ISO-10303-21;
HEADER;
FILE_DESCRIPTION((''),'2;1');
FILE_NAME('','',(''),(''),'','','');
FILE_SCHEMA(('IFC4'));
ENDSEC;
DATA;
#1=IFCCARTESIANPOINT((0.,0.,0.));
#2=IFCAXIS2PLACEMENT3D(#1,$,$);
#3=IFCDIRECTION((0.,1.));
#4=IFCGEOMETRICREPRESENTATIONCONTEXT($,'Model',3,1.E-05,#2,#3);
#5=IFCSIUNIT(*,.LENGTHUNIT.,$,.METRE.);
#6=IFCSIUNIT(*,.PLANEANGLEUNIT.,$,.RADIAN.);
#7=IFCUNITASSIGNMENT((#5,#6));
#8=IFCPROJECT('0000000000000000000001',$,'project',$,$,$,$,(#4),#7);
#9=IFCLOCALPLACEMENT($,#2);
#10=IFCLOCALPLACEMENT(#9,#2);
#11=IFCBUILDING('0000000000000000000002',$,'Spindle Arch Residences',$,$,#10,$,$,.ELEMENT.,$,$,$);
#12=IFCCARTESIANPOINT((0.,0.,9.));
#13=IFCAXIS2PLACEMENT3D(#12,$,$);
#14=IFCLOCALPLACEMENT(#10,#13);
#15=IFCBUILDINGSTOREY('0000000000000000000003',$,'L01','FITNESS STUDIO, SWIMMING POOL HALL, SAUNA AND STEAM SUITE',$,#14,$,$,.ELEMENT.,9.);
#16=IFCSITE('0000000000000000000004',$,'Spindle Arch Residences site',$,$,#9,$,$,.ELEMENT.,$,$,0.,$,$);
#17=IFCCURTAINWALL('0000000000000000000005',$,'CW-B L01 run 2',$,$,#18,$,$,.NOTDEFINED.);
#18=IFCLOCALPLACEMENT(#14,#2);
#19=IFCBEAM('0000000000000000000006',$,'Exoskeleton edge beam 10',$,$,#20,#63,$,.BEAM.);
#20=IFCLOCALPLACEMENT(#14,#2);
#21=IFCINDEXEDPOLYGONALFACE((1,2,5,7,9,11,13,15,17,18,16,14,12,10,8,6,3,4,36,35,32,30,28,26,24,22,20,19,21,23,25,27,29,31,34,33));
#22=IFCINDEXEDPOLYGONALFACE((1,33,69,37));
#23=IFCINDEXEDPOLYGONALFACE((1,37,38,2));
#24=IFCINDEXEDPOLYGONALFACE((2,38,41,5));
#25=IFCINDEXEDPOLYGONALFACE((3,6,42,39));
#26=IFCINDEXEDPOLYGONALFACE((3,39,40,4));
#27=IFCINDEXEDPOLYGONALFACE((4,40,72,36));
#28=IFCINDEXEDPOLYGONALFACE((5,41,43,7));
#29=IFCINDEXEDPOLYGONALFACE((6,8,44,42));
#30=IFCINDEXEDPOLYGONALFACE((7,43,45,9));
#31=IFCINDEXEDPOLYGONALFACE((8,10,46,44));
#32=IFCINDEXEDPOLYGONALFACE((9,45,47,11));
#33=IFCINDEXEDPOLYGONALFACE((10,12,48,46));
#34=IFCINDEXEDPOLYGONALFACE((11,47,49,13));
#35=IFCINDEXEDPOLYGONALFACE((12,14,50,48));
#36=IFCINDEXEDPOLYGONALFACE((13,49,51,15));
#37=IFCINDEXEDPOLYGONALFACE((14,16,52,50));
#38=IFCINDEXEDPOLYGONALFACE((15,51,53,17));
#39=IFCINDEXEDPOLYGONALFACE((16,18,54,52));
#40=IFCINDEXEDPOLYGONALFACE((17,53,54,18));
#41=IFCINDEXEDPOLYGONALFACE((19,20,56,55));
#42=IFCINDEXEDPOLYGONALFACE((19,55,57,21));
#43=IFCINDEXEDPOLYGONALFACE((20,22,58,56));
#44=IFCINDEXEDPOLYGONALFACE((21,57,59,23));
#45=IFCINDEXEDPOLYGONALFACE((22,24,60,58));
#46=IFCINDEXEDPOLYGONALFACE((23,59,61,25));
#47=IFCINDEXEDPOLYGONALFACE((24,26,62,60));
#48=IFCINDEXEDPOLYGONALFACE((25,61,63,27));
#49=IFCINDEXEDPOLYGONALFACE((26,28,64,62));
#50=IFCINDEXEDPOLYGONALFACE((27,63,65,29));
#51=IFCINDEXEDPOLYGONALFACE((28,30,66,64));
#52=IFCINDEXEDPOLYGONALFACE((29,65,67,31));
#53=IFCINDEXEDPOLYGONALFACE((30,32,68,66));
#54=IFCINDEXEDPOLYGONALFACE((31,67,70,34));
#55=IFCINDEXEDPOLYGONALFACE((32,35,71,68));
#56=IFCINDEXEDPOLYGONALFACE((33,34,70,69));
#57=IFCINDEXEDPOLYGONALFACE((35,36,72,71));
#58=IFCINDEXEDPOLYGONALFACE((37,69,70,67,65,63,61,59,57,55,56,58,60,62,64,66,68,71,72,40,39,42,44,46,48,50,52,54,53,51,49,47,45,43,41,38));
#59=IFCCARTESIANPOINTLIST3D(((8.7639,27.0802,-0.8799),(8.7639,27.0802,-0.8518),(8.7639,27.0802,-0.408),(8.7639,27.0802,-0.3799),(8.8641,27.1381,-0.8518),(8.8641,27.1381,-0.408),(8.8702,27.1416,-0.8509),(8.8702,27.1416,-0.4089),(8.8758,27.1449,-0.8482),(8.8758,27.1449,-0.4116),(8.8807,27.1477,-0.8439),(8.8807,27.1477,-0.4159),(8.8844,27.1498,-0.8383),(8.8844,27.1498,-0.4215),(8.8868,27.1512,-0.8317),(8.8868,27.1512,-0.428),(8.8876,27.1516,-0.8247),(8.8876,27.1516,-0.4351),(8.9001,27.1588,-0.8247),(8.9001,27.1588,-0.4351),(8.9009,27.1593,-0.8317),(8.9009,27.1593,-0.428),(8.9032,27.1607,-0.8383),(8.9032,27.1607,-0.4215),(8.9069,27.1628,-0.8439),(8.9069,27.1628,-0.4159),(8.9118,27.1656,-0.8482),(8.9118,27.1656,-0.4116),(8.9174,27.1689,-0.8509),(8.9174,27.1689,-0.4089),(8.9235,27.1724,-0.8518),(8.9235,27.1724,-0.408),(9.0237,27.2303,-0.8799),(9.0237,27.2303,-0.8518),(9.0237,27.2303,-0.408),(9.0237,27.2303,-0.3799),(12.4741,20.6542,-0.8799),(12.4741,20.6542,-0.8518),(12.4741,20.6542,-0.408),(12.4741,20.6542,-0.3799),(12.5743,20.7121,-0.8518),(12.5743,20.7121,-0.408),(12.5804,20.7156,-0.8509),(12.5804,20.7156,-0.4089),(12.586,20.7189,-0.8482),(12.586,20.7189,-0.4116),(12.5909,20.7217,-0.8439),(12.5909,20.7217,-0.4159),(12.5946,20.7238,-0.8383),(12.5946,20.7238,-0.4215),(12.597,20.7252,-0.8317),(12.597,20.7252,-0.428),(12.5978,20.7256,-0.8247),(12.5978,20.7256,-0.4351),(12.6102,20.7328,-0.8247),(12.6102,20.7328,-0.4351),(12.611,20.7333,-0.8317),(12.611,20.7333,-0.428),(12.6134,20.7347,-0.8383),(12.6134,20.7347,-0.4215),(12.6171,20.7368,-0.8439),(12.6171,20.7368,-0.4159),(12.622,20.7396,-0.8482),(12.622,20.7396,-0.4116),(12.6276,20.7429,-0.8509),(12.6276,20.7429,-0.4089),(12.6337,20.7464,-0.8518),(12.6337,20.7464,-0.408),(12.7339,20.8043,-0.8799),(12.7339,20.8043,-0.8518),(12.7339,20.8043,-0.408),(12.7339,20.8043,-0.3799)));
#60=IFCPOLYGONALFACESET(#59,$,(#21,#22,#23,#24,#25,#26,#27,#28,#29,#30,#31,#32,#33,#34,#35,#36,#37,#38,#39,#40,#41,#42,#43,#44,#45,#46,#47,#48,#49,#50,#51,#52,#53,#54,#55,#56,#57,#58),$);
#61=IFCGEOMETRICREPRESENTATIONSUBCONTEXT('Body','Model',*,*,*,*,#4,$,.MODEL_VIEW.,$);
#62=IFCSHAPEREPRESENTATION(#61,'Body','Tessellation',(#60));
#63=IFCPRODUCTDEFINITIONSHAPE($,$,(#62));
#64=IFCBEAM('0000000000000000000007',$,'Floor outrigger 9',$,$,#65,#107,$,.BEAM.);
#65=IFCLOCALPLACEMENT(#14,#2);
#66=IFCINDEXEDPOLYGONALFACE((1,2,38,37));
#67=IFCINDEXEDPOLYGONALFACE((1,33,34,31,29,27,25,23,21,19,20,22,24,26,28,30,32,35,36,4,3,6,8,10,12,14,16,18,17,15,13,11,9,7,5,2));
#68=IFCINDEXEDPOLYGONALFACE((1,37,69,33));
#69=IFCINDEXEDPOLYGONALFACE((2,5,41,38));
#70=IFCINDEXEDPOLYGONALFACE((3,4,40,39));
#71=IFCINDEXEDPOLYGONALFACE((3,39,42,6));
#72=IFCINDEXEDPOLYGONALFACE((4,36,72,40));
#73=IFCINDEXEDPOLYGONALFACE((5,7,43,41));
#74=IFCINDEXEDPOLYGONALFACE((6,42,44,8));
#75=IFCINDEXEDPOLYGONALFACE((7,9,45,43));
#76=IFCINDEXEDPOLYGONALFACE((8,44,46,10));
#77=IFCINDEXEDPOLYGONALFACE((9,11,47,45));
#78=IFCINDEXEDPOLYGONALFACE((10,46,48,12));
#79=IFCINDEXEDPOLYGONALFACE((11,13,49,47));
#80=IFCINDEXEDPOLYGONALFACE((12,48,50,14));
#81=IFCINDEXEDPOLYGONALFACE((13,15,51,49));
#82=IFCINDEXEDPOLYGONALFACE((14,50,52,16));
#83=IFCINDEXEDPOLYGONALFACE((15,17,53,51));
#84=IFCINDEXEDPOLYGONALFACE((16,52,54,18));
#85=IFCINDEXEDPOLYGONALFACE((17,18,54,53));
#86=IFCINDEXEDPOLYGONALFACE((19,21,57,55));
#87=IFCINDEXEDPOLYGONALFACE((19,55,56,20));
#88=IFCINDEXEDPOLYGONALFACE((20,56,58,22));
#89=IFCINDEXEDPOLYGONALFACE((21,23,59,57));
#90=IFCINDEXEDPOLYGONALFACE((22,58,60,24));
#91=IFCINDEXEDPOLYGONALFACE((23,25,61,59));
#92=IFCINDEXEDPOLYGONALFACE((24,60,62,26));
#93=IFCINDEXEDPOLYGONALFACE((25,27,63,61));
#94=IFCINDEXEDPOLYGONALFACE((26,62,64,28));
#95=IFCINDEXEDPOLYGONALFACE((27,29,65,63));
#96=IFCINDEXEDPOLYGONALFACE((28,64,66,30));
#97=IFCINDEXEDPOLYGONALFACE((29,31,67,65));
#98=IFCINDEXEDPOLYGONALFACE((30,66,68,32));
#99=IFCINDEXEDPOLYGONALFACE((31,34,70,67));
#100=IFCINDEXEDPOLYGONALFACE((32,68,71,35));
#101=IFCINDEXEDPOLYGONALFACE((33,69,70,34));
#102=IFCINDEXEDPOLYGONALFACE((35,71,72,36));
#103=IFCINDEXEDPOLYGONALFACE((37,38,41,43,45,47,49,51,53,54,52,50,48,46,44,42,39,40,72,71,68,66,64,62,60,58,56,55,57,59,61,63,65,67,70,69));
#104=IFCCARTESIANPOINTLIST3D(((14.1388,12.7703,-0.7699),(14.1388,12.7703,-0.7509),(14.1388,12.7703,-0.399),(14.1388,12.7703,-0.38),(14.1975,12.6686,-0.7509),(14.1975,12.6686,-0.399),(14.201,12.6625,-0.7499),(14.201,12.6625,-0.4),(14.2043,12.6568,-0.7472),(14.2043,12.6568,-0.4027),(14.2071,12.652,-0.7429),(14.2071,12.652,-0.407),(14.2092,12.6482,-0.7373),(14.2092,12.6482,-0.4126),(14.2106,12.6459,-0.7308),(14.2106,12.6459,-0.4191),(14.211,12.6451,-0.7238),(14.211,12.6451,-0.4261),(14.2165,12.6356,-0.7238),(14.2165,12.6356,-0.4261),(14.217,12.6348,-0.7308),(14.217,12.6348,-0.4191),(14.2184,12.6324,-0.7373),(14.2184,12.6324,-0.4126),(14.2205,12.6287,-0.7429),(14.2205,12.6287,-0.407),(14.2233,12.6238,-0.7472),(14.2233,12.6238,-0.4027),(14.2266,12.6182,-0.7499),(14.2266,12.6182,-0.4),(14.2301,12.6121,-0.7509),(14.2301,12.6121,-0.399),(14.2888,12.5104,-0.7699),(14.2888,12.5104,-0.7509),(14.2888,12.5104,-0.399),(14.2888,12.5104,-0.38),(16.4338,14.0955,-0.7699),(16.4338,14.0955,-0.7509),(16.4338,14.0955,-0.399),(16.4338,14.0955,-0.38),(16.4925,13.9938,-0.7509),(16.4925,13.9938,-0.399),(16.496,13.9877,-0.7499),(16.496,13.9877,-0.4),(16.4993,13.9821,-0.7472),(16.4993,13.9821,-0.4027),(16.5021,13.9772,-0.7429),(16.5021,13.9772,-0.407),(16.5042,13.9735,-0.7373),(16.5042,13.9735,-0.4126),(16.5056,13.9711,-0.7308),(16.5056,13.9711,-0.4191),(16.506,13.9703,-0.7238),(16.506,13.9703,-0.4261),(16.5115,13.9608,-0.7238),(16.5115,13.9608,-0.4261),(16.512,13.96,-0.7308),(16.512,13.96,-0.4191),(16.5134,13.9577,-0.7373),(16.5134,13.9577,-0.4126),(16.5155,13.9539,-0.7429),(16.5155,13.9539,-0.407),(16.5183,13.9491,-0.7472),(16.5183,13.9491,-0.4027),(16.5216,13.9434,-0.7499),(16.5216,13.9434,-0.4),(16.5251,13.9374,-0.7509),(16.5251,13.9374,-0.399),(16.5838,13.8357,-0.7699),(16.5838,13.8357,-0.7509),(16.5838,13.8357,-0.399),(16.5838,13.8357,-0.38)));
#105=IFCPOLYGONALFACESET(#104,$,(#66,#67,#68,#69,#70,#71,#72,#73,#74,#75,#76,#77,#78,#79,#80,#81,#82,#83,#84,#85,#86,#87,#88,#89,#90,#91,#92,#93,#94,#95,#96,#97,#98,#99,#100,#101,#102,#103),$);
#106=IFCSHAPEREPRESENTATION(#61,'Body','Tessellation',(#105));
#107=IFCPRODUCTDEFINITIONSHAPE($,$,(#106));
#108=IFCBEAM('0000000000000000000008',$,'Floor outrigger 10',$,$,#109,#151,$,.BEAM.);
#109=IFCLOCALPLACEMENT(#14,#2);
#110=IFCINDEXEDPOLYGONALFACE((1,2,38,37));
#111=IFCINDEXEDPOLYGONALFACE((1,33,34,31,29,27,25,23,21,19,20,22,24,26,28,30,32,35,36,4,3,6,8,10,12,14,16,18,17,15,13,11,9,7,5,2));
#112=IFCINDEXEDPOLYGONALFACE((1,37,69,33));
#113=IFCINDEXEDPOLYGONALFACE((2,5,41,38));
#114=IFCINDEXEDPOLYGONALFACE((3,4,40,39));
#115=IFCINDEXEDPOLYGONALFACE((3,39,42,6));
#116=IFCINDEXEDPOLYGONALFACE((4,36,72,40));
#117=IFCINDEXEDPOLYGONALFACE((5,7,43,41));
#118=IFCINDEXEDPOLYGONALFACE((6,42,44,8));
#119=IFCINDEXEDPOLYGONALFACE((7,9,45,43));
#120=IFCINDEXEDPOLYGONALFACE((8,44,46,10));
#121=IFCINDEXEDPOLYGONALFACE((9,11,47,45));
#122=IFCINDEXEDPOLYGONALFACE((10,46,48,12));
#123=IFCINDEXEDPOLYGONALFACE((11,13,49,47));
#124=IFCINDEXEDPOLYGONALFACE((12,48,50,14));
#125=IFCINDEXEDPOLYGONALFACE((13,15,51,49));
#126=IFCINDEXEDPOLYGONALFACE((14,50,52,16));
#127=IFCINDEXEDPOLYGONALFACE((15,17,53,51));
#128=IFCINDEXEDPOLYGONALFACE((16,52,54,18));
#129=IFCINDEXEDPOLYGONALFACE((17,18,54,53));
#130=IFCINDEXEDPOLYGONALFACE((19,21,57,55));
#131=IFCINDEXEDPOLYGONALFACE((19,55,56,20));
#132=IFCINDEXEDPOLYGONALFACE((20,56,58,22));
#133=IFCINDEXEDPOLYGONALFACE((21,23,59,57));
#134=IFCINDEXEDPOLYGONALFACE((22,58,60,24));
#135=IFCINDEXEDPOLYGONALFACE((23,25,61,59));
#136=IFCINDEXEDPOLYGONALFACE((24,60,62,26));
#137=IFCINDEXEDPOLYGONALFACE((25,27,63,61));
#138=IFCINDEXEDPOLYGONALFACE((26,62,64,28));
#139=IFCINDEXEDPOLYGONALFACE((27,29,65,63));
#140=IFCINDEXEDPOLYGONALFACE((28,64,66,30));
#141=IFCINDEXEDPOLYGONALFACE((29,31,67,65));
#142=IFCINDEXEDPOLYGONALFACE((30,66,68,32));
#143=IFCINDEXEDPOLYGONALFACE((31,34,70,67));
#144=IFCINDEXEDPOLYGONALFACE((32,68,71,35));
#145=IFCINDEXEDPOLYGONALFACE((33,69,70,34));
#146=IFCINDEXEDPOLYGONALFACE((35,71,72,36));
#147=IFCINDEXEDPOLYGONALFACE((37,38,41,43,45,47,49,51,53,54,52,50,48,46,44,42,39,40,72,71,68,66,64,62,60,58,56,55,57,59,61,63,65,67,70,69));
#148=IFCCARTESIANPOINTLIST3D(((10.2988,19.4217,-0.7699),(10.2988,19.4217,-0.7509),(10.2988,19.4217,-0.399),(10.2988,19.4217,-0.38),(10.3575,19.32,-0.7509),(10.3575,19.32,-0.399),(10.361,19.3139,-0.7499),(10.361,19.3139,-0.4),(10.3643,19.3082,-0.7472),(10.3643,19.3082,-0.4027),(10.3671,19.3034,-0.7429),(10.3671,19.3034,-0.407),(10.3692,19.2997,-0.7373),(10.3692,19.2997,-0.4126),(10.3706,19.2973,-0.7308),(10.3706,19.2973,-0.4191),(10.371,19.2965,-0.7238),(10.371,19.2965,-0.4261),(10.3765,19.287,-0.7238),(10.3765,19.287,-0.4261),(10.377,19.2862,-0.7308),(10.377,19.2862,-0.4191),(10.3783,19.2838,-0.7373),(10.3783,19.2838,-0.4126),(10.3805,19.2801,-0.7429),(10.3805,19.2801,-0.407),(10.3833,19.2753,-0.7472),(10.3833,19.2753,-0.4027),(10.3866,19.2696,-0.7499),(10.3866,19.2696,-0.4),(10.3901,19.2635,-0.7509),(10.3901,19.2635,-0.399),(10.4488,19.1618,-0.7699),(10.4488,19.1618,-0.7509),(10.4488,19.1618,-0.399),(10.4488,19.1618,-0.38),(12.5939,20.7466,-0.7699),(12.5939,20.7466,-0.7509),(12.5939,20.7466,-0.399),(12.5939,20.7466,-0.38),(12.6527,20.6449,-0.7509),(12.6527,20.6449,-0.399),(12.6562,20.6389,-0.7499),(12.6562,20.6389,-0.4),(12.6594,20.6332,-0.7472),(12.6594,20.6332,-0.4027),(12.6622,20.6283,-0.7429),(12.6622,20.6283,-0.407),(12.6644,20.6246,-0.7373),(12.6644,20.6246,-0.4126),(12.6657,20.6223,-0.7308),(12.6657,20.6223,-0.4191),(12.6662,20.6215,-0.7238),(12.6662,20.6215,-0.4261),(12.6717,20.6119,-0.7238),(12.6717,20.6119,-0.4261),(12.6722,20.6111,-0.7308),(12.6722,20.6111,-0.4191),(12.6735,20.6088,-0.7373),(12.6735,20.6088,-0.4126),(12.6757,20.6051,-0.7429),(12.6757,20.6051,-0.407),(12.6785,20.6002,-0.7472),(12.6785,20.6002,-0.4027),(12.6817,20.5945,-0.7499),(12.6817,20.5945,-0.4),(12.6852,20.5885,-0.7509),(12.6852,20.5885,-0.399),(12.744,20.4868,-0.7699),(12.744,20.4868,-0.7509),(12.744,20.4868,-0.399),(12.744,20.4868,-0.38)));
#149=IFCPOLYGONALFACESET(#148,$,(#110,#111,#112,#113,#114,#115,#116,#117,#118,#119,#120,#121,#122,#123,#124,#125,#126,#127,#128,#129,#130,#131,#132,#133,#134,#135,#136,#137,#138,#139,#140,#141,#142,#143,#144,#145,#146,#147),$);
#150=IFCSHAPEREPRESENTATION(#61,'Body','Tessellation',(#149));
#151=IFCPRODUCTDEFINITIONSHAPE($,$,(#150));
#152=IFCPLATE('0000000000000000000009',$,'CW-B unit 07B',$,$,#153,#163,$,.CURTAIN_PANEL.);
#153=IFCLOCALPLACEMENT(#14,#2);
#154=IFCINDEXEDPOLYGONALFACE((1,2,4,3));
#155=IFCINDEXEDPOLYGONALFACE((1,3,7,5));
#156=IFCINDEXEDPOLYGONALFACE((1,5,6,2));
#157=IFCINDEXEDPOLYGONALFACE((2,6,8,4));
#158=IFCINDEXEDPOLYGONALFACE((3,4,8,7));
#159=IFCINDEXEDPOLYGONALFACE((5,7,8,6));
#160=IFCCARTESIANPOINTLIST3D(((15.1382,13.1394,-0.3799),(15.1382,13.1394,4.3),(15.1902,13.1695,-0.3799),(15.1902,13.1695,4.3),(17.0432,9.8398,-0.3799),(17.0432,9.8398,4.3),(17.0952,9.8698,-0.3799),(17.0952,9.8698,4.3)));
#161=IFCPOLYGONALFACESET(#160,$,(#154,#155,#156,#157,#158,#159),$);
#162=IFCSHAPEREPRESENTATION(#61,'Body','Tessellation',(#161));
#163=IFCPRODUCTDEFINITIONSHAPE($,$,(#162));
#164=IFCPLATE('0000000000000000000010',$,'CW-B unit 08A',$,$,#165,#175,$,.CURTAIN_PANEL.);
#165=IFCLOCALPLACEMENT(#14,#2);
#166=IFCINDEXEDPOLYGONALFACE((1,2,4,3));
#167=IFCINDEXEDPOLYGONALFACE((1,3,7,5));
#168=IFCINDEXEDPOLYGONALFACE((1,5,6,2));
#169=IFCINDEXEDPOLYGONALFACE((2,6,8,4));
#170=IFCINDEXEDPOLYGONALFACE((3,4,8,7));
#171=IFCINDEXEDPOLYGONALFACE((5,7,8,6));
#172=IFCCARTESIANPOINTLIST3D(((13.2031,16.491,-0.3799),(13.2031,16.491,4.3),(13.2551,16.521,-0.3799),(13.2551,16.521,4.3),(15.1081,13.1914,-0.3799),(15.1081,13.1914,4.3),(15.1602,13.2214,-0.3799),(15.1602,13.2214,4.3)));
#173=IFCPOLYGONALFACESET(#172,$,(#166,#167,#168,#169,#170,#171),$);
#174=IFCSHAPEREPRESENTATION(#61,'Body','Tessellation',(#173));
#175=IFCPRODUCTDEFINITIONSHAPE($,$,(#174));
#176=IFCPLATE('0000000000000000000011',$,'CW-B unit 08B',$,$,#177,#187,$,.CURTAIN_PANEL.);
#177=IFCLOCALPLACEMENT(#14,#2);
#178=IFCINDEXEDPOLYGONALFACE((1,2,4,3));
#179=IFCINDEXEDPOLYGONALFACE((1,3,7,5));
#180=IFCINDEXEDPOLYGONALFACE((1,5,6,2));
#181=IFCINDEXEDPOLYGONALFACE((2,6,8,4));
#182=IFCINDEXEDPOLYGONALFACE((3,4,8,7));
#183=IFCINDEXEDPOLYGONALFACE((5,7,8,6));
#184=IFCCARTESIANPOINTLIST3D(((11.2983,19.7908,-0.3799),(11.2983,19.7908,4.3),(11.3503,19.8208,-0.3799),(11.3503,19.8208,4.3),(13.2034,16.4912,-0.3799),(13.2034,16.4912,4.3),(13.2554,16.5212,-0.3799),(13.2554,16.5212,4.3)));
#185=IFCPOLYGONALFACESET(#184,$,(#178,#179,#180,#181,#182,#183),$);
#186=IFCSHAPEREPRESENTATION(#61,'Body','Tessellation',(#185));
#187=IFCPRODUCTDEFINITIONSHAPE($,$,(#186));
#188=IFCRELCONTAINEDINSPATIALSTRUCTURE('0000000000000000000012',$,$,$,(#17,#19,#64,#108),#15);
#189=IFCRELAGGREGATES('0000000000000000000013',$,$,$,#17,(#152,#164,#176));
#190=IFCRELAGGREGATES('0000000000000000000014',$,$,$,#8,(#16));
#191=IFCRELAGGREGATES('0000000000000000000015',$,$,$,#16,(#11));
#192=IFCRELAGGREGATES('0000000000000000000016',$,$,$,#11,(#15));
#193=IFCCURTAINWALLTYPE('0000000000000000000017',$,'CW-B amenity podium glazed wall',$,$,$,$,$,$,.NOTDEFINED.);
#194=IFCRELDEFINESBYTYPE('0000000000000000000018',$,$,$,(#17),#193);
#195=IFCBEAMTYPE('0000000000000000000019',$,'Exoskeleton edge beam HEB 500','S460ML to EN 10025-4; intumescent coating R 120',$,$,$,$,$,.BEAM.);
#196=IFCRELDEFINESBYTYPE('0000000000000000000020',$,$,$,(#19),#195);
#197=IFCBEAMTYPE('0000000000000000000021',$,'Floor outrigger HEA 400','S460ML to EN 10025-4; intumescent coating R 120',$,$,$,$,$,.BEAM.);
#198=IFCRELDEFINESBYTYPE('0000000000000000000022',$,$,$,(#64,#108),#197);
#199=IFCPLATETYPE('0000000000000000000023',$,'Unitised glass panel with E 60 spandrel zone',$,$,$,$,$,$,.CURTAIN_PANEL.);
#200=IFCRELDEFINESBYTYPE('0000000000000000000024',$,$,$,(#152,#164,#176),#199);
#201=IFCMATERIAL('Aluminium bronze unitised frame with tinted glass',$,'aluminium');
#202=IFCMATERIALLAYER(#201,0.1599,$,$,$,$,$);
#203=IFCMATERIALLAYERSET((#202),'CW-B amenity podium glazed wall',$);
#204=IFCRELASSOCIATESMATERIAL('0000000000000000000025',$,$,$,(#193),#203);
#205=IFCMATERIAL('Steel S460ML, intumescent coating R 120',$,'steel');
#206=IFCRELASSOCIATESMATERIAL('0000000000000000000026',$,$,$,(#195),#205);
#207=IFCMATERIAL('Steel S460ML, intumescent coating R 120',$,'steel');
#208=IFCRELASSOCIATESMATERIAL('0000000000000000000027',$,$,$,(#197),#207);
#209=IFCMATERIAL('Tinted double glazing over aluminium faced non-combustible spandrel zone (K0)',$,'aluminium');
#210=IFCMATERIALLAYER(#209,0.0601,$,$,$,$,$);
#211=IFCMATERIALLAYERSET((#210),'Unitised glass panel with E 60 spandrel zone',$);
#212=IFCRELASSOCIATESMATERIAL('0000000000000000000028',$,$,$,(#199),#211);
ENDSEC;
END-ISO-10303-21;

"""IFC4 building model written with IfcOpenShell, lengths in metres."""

from ifc_helpers import new_model, si_unit, direction, frame, origin, origin_2d, place, context, subcontext, project, spatial, rectangle, i_section, extrude, material, layer, layer_set, material_profile, profile_set, type_object, element, aggregate, save


model = new_model("IFC4")

# Units and contexts
model_context = context("Model", 3, precision=1e-05, world=origin(), true_north=direction((0.0, 1.0)))
body_context = subcontext(model_context, "Body", "Model", "MODEL_VIEW")
ifc_project = project(units=[si_unit("LENGTHUNIT", "METRE"), si_unit("PLANEANGLEUNIT", "RADIAN")], contexts=[model_context])

# Site, building, storey
site_placement = place(None, origin())
site = spatial("IfcSite", under=ifc_project, at=site_placement, Name="Spindle Arch Residences site", CompositionType="ELEMENT", RefElevation=0.0)
building_placement = place(site_placement, origin())
building = spatial("IfcBuilding", under=site, at=building_placement, Name="Spindle Arch Residences", CompositionType="ELEMENT")
storey_placement = place(building_placement, frame((0.0, 0.0, 9.0)))
storey = spatial("IfcBuildingStorey", under=building, at=storey_placement, Name="L01", Description="FITNESS STUDIO, SWIMMING POOL HALL, SAUNA AND STEAM SUITE", CompositionType="ELEMENT", Elevation=9.0)

# Curtain wall
ifc_material_1 = material(Name="Aluminium bronze unitised frame with tinted glass", Category="aluminium")
ifc_layer_1 = layer(ifc_material_1, 0.1599)
ifc_layer_set_1 = layer_set([ifc_layer_1], Name="CW-B amenity podium glazed wall")
curtain_wall_type = type_object("IfcCurtainWallType", Name="CW-B amenity podium glazed wall", PredefinedType="NOTDEFINED", material=ifc_layer_set_1)
curtain_wall_placement = place(storey_placement, origin())
curtain_wall = element("IfcCurtainWall", 1, at=curtain_wall_placement, inside=storey, type_object=curtain_wall_type, Name="CW-B L01 run 2", PredefinedType="NOTDEFINED")

# Beams
ifc_material_2 = material(Name="Steel S460ML, intumescent coating R 120", Category="steel")
ifc_material_profile_1 = material_profile(ifc_material_2, i_section(OverallWidth=0.3, OverallDepth=0.5, WebThickness=0.0144, FlangeThickness=0.0281, FilletRadius=0.0271, at=origin_2d()), Name="HEB 500")
ifc_profile_set_1 = profile_set([ifc_material_profile_1], Name="Steel S460ML, intumescent coating R 120")
beam_type_1 = type_object("IfcBeamType", Name="Exoskeleton edge beam HEB 500", Description="S460ML to EN 10025-4; intumescent coating R 120", PredefinedType="BEAM", material=ifc_profile_set_1)
for number, where, z_axis, x_axis, name in (
    (2, (12.604, 20.7292, -0.6299), (-0.500014, 0.866017, 0.0), (-0.866017, -0.500014, 0.0), "Exoskeleton edge beam 10"),
):
    element("IfcBeam", number, at=place(storey_placement, frame(where, z_axis=z_axis, x_axis=x_axis)), inside=storey, type_object=beam_type_1, Name=name, PredefinedType="BEAM", context=body_context, shape_type="SweptSolid", body=[
        extrude(i_section(OverallWidth=0.3, OverallDepth=0.5, WebThickness=0.0144, FlangeThickness=0.0281, FilletRadius=0.0271, at=origin_2d()), origin(), (0.0, 0.0, 1.0), 7.4202),
    ])
ifc_material_3 = material(Name="Steel S460ML, intumescent coating R 120", Category="steel")
ifc_material_profile_2 = material_profile(ifc_material_3, i_section(OverallWidth=0.3, OverallDepth=0.3899, WebThickness=0.011, FlangeThickness=0.019, FilletRadius=0.0271, at=origin_2d()), Name="HEA 400")
ifc_profile_set_2 = profile_set([ifc_material_profile_2], Name="Steel S460ML, intumescent coating R 120")
beam_type_2 = type_object("IfcBeamType", Name="Floor outrigger HEA 400", Description="S460ML to EN 10025-4; intumescent coating R 120", PredefinedType="BEAM", material=ifc_profile_set_2)
for number, where, z_axis, x_axis, name in (
    (3, (16.5088, 13.9656, -0.575), (-0.865989, -0.500063, 0.0), (0.500063, -0.865989, 0.0), "Floor outrigger 9"),
    (4, (12.6689, 20.6167, -0.575), (-0.866052, -0.499954, 0.0), (0.499954, -0.866052, 0.0), "Floor outrigger 10"),
):
    element("IfcBeam", number, at=place(storey_placement, frame(where, z_axis=z_axis, x_axis=x_axis)), inside=storey, type_object=beam_type_2, Name=name, PredefinedType="BEAM", context=body_context, shape_type="SweptSolid", body=[
        extrude(i_section(OverallWidth=0.3, OverallDepth=0.3899, WebThickness=0.011, FlangeThickness=0.019, FilletRadius=0.0271, at=origin_2d()), origin(), (0.0, 0.0, 1.0), 2.6501),
    ])

# Plates
ifc_material_4 = material(Name="Tinted double glazing over aluminium faced non-combustible spandrel zone (K0)", Category="aluminium")
ifc_layer_2 = layer(ifc_material_4, 0.0601)
ifc_layer_set_2 = layer_set([ifc_layer_2], Name="Unitised glass panel with E 60 spandrel zone")
plate_type = type_object("IfcPlateType", Name="Unitised glass panel with E 60 spandrel zone", PredefinedType="CURTAIN_PANEL", material=ifc_layer_set_2)
plate_1_placement = place(storey_placement, frame((16.1167, 11.5046, -0.3799), z_axis=(0.0, 0.0, 1.0), x_axis=(-0.5, 0.866025, 0.0)))
plate_1 = element("IfcPlate", 5, at=plate_1_placement, type_object=plate_type, Name="CW-B unit 07B", PredefinedType="CURTAIN_PANEL", context=body_context, shape_type="SweptSolid", body=[
    extrude(rectangle(XDim=3.8101, YDim=0.0601, at=origin_2d()), origin(), (0.0, 0.0, 1.0), 4.6799),
])
plate_2_placement = place(storey_placement, frame((14.1816, 14.8562, -0.3799), z_axis=(0.0, 0.0, 1.0), x_axis=(-0.5, 0.866025, 0.0)))
plate_2 = element("IfcPlate", 6, at=plate_2_placement, type_object=plate_type, Name="CW-B unit 08A", PredefinedType="CURTAIN_PANEL", context=body_context, shape_type="SweptSolid", body=[
    extrude(rectangle(XDim=3.8101, YDim=0.0601, at=origin_2d()), origin(), (0.0, 0.0, 1.0), 4.6799),
])
plate_3_placement = place(storey_placement, frame((12.2769, 18.156, -0.3799), z_axis=(0.0, 0.0, 1.0), x_axis=(-0.5, 0.866025, 0.0)))
plate_3 = element("IfcPlate", 7, at=plate_3_placement, type_object=plate_type, Name="CW-B unit 08B", PredefinedType="CURTAIN_PANEL", context=body_context, shape_type="SweptSolid", body=[
    extrude(rectangle(XDim=3.8101, YDim=0.0601, at=origin_2d()), origin(), (0.0, 0.0, 1.0), 4.6799),
])
aggregate(curtain_wall, [plate_1, plate_2, plate_3])

save(model, "model.ifc")
